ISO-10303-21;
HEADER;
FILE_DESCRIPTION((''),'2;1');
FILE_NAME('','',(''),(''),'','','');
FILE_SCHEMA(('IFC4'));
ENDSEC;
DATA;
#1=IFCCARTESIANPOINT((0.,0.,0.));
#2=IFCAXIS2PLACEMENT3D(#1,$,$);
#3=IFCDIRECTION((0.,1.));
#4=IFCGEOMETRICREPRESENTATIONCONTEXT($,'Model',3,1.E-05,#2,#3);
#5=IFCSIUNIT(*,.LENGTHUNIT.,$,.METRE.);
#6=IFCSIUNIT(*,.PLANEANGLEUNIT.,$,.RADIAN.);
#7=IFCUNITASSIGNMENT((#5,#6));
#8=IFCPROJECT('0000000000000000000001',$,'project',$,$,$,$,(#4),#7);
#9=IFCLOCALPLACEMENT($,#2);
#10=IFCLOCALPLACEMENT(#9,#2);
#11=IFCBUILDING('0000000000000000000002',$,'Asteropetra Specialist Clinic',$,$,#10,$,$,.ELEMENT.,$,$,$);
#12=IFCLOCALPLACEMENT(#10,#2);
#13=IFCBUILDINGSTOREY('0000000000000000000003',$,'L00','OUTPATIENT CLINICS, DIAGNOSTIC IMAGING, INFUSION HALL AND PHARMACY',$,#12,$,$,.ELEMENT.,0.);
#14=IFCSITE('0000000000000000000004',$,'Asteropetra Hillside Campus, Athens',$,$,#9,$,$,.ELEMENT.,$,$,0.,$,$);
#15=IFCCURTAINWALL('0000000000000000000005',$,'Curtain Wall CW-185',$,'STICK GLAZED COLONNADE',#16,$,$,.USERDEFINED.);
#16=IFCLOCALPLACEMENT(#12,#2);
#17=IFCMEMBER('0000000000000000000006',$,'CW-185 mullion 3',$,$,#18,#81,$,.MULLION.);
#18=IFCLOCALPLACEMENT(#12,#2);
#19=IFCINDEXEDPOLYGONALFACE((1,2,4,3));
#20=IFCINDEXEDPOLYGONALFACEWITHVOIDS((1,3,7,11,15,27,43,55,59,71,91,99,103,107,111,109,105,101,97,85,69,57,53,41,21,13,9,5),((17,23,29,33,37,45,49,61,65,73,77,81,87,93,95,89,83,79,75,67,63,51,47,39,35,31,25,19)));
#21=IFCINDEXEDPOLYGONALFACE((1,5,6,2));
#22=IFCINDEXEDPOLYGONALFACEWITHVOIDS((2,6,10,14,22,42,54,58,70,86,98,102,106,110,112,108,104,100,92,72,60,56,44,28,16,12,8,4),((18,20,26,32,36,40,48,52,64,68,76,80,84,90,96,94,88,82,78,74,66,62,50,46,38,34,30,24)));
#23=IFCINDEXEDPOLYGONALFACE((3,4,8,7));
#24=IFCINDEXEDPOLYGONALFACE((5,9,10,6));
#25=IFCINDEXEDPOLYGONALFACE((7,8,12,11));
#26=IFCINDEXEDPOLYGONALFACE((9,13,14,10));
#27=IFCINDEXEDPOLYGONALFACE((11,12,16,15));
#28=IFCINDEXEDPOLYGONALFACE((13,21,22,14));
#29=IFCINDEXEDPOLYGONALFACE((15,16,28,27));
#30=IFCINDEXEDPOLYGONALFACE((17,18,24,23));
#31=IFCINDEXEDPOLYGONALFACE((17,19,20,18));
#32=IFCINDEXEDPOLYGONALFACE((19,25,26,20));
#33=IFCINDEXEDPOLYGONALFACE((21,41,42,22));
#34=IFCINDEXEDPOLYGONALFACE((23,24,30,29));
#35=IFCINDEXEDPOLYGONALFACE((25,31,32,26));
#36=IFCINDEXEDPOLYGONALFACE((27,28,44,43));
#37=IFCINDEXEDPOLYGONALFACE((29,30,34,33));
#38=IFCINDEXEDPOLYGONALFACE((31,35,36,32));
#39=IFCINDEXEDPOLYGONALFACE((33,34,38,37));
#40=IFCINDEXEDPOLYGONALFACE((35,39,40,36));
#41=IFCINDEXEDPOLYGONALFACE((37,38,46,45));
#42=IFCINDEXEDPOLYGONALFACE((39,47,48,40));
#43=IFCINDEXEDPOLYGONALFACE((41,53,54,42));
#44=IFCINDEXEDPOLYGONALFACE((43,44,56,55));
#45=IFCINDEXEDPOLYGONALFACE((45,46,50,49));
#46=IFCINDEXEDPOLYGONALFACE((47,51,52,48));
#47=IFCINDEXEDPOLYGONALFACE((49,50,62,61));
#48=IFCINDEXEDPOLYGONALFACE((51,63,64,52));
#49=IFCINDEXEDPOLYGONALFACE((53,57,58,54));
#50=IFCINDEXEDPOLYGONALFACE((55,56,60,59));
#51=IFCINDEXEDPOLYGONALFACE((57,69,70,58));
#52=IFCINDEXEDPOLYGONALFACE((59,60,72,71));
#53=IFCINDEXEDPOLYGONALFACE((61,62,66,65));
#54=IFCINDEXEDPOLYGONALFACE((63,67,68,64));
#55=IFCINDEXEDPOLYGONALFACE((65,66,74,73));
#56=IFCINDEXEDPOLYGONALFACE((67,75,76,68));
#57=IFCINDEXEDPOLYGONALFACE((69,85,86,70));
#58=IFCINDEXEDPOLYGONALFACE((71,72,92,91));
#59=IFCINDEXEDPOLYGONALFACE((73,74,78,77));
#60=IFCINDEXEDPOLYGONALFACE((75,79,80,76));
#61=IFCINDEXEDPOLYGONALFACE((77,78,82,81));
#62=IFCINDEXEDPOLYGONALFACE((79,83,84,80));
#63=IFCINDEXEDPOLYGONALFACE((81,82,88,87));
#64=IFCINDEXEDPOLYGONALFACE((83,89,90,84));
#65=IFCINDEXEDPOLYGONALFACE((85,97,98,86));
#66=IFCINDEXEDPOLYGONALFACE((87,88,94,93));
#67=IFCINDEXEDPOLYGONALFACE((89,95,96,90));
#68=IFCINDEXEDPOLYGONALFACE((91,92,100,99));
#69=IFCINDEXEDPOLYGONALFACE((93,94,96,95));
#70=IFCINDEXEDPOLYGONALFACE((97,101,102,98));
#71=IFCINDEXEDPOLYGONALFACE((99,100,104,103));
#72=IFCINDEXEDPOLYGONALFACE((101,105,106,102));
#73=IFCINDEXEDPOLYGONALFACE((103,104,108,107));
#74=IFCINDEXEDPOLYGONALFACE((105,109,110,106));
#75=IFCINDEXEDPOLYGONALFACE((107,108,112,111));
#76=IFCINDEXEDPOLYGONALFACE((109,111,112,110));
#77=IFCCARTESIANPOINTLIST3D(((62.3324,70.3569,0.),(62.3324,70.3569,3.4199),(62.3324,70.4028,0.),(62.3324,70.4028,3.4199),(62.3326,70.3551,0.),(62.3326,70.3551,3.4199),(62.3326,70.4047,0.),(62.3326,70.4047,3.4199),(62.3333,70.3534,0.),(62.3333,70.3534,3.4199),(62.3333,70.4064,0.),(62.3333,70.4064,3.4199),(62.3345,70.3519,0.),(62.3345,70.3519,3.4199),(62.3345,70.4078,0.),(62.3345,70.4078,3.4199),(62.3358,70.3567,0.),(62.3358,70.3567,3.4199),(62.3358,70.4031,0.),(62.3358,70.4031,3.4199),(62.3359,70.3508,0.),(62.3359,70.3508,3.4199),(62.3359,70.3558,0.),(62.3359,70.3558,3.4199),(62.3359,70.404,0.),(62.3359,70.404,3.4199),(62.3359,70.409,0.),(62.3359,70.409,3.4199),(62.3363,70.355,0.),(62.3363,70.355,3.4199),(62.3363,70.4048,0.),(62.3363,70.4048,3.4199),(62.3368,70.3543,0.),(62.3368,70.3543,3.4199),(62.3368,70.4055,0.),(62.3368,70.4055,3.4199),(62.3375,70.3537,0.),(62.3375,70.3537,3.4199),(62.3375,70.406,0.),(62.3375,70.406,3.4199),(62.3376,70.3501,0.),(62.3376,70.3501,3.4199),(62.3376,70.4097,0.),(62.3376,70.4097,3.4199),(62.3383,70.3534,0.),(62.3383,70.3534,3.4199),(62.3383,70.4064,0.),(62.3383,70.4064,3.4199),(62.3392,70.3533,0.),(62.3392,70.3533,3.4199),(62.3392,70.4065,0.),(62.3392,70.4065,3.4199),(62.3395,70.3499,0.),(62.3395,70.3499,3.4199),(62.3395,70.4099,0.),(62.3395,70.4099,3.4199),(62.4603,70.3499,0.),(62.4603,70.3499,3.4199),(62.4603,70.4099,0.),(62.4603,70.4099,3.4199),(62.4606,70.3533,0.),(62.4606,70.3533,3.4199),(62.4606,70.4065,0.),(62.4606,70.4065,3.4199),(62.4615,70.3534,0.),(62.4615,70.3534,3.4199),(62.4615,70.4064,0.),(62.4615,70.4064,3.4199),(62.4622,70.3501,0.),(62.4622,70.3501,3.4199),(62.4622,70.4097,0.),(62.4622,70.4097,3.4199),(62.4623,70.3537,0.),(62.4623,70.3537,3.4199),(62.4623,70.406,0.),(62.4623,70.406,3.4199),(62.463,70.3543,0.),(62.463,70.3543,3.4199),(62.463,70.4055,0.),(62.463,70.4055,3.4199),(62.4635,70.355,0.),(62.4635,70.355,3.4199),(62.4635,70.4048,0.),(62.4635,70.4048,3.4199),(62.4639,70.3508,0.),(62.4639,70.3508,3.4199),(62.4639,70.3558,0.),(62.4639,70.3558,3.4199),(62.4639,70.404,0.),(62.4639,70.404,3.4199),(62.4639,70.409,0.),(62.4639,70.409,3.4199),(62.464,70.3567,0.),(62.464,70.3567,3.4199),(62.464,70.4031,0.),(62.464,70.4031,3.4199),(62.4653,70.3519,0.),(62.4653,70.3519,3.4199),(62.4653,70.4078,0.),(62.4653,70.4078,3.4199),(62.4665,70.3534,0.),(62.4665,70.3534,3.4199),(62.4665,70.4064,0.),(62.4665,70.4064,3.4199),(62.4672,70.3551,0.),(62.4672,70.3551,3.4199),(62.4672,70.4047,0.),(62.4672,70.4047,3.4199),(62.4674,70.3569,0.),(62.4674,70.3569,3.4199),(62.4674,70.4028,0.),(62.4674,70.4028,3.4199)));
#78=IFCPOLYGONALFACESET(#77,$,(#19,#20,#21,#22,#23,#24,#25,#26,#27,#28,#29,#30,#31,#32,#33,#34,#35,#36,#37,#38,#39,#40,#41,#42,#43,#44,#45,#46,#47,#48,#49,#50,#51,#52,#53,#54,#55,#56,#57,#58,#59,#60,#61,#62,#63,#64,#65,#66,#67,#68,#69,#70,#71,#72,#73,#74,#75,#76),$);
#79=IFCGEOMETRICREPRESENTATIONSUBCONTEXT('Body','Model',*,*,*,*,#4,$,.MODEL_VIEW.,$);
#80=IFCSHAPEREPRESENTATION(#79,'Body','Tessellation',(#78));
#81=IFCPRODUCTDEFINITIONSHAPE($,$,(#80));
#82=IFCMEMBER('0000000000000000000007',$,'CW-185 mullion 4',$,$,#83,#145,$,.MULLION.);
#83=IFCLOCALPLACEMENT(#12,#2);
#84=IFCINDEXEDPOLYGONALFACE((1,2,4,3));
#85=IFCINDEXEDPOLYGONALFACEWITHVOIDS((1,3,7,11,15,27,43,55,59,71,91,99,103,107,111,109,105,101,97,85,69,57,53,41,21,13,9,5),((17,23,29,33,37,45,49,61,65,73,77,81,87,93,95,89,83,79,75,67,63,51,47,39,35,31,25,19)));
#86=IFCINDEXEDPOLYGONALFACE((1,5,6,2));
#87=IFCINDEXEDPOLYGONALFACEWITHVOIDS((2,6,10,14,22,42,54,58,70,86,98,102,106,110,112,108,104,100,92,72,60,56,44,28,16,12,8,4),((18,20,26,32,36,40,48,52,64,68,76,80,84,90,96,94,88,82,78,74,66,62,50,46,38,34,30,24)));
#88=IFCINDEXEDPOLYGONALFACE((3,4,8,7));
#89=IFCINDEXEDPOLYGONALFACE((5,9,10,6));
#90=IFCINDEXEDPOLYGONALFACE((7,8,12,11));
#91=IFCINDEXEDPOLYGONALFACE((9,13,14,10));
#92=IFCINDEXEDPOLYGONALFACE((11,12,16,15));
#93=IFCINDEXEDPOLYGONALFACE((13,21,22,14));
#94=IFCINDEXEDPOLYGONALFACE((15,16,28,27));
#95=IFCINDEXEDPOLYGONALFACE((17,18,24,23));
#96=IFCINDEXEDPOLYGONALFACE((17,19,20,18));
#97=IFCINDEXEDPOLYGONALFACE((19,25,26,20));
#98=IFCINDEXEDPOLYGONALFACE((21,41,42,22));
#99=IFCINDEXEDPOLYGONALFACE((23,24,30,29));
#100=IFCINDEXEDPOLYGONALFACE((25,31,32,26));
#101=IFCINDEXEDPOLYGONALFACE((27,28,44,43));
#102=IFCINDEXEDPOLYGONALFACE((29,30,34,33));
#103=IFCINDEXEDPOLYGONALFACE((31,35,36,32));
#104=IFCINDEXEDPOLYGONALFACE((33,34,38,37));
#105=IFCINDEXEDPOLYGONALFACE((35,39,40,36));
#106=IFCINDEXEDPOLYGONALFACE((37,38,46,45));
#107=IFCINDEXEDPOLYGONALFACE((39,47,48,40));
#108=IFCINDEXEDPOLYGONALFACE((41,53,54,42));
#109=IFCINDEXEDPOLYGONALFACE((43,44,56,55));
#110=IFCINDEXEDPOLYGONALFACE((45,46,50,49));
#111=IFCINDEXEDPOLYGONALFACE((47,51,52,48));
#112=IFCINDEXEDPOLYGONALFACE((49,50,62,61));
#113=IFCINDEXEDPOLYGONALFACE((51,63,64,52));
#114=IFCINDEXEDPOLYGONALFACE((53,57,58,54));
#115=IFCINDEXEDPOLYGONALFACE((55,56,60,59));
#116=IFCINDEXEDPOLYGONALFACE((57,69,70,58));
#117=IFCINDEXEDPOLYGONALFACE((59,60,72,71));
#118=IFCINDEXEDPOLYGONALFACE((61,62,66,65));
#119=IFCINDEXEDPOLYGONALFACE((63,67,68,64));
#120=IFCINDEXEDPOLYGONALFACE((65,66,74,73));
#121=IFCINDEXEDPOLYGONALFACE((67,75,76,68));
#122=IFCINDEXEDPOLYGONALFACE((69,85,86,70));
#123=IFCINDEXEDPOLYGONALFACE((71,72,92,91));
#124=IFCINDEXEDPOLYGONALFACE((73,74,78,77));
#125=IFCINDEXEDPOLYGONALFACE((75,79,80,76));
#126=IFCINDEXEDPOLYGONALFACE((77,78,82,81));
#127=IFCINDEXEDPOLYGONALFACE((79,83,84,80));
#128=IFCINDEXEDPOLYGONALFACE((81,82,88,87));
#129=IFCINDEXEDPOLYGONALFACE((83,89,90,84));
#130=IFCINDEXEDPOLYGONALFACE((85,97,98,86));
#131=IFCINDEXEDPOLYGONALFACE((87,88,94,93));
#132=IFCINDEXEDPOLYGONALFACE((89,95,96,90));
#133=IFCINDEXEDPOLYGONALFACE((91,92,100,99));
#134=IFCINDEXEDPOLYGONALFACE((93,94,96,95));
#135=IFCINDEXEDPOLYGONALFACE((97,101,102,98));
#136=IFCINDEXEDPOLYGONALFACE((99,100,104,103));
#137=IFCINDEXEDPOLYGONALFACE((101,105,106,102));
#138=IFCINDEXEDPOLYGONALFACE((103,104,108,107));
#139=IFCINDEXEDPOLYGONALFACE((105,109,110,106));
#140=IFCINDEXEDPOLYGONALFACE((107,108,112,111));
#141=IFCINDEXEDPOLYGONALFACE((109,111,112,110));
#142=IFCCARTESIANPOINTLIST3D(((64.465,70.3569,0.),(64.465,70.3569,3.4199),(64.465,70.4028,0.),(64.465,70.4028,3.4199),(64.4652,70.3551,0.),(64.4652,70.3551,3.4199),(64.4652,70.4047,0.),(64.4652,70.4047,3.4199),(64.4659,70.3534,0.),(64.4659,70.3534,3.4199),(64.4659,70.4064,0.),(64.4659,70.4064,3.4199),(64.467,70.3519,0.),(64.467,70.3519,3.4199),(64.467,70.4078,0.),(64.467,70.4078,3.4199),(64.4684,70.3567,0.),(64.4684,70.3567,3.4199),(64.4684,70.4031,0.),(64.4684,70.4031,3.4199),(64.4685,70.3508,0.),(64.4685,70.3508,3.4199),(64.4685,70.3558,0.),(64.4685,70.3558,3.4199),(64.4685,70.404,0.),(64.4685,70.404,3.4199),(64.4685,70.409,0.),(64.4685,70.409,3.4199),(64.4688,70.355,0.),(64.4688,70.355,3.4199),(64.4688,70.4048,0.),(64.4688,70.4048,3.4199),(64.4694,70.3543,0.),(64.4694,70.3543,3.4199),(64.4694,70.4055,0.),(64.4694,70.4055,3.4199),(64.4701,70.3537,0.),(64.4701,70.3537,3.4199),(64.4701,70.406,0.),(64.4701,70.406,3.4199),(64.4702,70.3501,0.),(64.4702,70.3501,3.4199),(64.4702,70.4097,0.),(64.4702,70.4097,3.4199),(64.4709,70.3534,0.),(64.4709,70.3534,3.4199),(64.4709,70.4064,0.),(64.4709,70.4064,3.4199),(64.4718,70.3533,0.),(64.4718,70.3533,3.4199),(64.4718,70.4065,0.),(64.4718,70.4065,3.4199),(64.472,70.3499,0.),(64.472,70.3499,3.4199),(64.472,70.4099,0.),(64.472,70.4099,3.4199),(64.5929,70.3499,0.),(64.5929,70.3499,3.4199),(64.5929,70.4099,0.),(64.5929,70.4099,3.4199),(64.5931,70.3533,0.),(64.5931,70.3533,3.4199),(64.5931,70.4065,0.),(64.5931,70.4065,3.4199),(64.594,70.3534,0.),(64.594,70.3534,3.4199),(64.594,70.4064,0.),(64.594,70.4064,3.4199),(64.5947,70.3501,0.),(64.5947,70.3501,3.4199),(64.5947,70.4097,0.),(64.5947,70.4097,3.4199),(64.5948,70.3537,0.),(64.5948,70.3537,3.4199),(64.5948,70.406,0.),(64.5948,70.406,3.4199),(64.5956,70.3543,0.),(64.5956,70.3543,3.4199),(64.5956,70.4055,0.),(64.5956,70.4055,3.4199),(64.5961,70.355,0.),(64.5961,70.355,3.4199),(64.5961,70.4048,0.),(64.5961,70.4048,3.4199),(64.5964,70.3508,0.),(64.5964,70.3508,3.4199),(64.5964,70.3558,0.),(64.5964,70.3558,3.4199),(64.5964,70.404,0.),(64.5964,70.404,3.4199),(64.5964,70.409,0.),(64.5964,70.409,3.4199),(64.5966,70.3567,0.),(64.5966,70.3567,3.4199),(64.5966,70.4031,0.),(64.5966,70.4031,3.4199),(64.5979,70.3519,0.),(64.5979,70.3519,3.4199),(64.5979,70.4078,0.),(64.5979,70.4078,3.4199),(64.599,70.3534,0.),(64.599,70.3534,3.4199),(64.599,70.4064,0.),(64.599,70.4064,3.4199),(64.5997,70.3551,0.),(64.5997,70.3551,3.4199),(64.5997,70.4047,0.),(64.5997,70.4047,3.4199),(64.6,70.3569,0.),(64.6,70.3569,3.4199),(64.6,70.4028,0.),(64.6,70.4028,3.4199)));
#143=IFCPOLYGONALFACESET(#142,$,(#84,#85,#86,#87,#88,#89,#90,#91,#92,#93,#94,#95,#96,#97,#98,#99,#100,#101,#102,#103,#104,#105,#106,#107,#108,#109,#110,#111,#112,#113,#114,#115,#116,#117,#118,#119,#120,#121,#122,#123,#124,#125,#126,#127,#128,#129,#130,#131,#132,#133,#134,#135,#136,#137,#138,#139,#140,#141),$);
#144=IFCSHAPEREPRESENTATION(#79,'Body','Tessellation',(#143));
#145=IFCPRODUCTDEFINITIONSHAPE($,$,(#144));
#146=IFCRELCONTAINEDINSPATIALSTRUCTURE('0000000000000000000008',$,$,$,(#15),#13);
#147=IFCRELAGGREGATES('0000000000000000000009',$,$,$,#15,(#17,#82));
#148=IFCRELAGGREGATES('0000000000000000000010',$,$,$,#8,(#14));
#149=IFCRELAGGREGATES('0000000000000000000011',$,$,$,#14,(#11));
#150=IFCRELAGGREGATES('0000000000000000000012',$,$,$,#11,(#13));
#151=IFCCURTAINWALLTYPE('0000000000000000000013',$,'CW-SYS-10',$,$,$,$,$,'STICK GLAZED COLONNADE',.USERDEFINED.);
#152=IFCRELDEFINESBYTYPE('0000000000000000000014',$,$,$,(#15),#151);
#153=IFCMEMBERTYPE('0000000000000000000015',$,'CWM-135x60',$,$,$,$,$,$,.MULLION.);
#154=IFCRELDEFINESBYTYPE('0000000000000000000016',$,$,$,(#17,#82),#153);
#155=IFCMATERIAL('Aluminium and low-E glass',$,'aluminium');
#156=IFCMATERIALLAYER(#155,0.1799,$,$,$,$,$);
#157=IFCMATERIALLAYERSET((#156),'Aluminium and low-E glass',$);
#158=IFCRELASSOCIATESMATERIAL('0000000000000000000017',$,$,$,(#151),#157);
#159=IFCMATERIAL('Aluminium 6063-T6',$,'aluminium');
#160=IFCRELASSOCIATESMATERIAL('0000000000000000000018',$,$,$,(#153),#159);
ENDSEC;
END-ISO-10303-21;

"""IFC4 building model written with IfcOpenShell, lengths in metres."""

from ifc_helpers import new_model, si_unit, direction, frame, origin, origin_2d, place, context, subcontext, project, spatial, hollow_rectangle, extrude, material, layer, layer_set, material_profile, profile_set, type_object, element, aggregate, save


model = new_model("IFC4")

# Units and contexts
model_context = context("Model", 3, precision=1e-05, world=origin(), true_north=direction((0.0, 1.0)))
body_context = subcontext(model_context, "Body", "Model", "MODEL_VIEW")
ifc_project = project(units=[si_unit("LENGTHUNIT", "METRE"), si_unit("PLANEANGLEUNIT", "RADIAN")], contexts=[model_context])

# Site, building, storey
site_placement = place(None, origin())
site = spatial("IfcSite", under=ifc_project, at=site_placement, Name="Asteropetra Hillside Campus, Athens", CompositionType="ELEMENT", RefElevation=0.0)
building_placement = place(site_placement, origin())
building = spatial("IfcBuilding", under=site, at=building_placement, Name="Asteropetra Specialist Clinic", CompositionType="ELEMENT")
storey_placement = place(building_placement, origin())
storey = spatial("IfcBuildingStorey", under=building, at=storey_placement, Name="L00", Description="OUTPATIENT CLINICS, DIAGNOSTIC IMAGING, INFUSION HALL AND PHARMACY", CompositionType="ELEMENT", Elevation=0.0)

# Curtain wall, members
ifc_material_1 = material(Name="Aluminium and low-E glass", Category="aluminium")
ifc_layer_1 = layer(ifc_material_1, 0.1799)
ifc_layer_set_1 = layer_set([ifc_layer_1], Name="Aluminium and low-E glass")
curtain_wall_type = type_object("IfcCurtainWallType", Name="CW-SYS-10", ElementType="STICK GLAZED COLONNADE", PredefinedType="USERDEFINED", material=ifc_layer_set_1)
curtain_wall_placement = place(storey_placement, origin())
curtain_wall = element("IfcCurtainWall", 1, at=curtain_wall_placement, inside=storey, type_object=curtain_wall_type, Name="Curtain Wall CW-185", ObjectType="STICK GLAZED COLONNADE", PredefinedType="USERDEFINED")
ifc_material_2 = material(Name="Aluminium 6063-T6", Category="aluminium")
ifc_material_profile_1 = material_profile(ifc_material_2, hollow_rectangle(XDim=0.0601, YDim=0.135, WallThickness=0.0034, InnerFilletRadius=0.0034, OuterFilletRadius=0.0071, at=origin_2d()), Name="MUL 135x60x3.5")
ifc_profile_set_1 = profile_set([ifc_material_profile_1], Name="Aluminium 6063-T6")
member_type_1 = type_object("IfcMemberType", Name="CWM-135x60", PredefinedType="MULLION", material=ifc_profile_set_1)
member_1_placement = place(storey_placement, frame((62.3999, 70.3799, 0.0), z_axis=(0.0, 0.0, 1.0), x_axis=(0.0, 1.0, 0.0)))
member_1 = element("IfcMember", 2, at=member_1_placement, type_object=member_type_1, Name="CW-185 mullion 3", PredefinedType="MULLION", context=body_context, shape_type="SweptSolid", body=[
    extrude(hollow_rectangle(XDim=0.0601, YDim=0.135, WallThickness=0.0034, InnerFilletRadius=0.0034, OuterFilletRadius=0.0071, at=origin_2d()), origin(), (0.0, 0.0, 1.0), 3.4199),
])
member_2_placement = place(storey_placement, frame((64.5325, 70.3799, 0.0), z_axis=(0.0, 0.0, 1.0), x_axis=(0.0, 1.0, 0.0)))
member_2 = element("IfcMember", 3, at=member_2_placement, type_object=member_type_1, Name="CW-185 mullion 4", PredefinedType="MULLION", context=body_context, shape_type="SweptSolid", body=[
    extrude(hollow_rectangle(XDim=0.0601, YDim=0.135, WallThickness=0.0034, InnerFilletRadius=0.0034, OuterFilletRadius=0.0071, at=origin_2d()), origin(), (0.0, 0.0, 1.0), 3.4199),
])
aggregate(curtain_wall, [member_1, member_2])

save(model, "model.ifc")
